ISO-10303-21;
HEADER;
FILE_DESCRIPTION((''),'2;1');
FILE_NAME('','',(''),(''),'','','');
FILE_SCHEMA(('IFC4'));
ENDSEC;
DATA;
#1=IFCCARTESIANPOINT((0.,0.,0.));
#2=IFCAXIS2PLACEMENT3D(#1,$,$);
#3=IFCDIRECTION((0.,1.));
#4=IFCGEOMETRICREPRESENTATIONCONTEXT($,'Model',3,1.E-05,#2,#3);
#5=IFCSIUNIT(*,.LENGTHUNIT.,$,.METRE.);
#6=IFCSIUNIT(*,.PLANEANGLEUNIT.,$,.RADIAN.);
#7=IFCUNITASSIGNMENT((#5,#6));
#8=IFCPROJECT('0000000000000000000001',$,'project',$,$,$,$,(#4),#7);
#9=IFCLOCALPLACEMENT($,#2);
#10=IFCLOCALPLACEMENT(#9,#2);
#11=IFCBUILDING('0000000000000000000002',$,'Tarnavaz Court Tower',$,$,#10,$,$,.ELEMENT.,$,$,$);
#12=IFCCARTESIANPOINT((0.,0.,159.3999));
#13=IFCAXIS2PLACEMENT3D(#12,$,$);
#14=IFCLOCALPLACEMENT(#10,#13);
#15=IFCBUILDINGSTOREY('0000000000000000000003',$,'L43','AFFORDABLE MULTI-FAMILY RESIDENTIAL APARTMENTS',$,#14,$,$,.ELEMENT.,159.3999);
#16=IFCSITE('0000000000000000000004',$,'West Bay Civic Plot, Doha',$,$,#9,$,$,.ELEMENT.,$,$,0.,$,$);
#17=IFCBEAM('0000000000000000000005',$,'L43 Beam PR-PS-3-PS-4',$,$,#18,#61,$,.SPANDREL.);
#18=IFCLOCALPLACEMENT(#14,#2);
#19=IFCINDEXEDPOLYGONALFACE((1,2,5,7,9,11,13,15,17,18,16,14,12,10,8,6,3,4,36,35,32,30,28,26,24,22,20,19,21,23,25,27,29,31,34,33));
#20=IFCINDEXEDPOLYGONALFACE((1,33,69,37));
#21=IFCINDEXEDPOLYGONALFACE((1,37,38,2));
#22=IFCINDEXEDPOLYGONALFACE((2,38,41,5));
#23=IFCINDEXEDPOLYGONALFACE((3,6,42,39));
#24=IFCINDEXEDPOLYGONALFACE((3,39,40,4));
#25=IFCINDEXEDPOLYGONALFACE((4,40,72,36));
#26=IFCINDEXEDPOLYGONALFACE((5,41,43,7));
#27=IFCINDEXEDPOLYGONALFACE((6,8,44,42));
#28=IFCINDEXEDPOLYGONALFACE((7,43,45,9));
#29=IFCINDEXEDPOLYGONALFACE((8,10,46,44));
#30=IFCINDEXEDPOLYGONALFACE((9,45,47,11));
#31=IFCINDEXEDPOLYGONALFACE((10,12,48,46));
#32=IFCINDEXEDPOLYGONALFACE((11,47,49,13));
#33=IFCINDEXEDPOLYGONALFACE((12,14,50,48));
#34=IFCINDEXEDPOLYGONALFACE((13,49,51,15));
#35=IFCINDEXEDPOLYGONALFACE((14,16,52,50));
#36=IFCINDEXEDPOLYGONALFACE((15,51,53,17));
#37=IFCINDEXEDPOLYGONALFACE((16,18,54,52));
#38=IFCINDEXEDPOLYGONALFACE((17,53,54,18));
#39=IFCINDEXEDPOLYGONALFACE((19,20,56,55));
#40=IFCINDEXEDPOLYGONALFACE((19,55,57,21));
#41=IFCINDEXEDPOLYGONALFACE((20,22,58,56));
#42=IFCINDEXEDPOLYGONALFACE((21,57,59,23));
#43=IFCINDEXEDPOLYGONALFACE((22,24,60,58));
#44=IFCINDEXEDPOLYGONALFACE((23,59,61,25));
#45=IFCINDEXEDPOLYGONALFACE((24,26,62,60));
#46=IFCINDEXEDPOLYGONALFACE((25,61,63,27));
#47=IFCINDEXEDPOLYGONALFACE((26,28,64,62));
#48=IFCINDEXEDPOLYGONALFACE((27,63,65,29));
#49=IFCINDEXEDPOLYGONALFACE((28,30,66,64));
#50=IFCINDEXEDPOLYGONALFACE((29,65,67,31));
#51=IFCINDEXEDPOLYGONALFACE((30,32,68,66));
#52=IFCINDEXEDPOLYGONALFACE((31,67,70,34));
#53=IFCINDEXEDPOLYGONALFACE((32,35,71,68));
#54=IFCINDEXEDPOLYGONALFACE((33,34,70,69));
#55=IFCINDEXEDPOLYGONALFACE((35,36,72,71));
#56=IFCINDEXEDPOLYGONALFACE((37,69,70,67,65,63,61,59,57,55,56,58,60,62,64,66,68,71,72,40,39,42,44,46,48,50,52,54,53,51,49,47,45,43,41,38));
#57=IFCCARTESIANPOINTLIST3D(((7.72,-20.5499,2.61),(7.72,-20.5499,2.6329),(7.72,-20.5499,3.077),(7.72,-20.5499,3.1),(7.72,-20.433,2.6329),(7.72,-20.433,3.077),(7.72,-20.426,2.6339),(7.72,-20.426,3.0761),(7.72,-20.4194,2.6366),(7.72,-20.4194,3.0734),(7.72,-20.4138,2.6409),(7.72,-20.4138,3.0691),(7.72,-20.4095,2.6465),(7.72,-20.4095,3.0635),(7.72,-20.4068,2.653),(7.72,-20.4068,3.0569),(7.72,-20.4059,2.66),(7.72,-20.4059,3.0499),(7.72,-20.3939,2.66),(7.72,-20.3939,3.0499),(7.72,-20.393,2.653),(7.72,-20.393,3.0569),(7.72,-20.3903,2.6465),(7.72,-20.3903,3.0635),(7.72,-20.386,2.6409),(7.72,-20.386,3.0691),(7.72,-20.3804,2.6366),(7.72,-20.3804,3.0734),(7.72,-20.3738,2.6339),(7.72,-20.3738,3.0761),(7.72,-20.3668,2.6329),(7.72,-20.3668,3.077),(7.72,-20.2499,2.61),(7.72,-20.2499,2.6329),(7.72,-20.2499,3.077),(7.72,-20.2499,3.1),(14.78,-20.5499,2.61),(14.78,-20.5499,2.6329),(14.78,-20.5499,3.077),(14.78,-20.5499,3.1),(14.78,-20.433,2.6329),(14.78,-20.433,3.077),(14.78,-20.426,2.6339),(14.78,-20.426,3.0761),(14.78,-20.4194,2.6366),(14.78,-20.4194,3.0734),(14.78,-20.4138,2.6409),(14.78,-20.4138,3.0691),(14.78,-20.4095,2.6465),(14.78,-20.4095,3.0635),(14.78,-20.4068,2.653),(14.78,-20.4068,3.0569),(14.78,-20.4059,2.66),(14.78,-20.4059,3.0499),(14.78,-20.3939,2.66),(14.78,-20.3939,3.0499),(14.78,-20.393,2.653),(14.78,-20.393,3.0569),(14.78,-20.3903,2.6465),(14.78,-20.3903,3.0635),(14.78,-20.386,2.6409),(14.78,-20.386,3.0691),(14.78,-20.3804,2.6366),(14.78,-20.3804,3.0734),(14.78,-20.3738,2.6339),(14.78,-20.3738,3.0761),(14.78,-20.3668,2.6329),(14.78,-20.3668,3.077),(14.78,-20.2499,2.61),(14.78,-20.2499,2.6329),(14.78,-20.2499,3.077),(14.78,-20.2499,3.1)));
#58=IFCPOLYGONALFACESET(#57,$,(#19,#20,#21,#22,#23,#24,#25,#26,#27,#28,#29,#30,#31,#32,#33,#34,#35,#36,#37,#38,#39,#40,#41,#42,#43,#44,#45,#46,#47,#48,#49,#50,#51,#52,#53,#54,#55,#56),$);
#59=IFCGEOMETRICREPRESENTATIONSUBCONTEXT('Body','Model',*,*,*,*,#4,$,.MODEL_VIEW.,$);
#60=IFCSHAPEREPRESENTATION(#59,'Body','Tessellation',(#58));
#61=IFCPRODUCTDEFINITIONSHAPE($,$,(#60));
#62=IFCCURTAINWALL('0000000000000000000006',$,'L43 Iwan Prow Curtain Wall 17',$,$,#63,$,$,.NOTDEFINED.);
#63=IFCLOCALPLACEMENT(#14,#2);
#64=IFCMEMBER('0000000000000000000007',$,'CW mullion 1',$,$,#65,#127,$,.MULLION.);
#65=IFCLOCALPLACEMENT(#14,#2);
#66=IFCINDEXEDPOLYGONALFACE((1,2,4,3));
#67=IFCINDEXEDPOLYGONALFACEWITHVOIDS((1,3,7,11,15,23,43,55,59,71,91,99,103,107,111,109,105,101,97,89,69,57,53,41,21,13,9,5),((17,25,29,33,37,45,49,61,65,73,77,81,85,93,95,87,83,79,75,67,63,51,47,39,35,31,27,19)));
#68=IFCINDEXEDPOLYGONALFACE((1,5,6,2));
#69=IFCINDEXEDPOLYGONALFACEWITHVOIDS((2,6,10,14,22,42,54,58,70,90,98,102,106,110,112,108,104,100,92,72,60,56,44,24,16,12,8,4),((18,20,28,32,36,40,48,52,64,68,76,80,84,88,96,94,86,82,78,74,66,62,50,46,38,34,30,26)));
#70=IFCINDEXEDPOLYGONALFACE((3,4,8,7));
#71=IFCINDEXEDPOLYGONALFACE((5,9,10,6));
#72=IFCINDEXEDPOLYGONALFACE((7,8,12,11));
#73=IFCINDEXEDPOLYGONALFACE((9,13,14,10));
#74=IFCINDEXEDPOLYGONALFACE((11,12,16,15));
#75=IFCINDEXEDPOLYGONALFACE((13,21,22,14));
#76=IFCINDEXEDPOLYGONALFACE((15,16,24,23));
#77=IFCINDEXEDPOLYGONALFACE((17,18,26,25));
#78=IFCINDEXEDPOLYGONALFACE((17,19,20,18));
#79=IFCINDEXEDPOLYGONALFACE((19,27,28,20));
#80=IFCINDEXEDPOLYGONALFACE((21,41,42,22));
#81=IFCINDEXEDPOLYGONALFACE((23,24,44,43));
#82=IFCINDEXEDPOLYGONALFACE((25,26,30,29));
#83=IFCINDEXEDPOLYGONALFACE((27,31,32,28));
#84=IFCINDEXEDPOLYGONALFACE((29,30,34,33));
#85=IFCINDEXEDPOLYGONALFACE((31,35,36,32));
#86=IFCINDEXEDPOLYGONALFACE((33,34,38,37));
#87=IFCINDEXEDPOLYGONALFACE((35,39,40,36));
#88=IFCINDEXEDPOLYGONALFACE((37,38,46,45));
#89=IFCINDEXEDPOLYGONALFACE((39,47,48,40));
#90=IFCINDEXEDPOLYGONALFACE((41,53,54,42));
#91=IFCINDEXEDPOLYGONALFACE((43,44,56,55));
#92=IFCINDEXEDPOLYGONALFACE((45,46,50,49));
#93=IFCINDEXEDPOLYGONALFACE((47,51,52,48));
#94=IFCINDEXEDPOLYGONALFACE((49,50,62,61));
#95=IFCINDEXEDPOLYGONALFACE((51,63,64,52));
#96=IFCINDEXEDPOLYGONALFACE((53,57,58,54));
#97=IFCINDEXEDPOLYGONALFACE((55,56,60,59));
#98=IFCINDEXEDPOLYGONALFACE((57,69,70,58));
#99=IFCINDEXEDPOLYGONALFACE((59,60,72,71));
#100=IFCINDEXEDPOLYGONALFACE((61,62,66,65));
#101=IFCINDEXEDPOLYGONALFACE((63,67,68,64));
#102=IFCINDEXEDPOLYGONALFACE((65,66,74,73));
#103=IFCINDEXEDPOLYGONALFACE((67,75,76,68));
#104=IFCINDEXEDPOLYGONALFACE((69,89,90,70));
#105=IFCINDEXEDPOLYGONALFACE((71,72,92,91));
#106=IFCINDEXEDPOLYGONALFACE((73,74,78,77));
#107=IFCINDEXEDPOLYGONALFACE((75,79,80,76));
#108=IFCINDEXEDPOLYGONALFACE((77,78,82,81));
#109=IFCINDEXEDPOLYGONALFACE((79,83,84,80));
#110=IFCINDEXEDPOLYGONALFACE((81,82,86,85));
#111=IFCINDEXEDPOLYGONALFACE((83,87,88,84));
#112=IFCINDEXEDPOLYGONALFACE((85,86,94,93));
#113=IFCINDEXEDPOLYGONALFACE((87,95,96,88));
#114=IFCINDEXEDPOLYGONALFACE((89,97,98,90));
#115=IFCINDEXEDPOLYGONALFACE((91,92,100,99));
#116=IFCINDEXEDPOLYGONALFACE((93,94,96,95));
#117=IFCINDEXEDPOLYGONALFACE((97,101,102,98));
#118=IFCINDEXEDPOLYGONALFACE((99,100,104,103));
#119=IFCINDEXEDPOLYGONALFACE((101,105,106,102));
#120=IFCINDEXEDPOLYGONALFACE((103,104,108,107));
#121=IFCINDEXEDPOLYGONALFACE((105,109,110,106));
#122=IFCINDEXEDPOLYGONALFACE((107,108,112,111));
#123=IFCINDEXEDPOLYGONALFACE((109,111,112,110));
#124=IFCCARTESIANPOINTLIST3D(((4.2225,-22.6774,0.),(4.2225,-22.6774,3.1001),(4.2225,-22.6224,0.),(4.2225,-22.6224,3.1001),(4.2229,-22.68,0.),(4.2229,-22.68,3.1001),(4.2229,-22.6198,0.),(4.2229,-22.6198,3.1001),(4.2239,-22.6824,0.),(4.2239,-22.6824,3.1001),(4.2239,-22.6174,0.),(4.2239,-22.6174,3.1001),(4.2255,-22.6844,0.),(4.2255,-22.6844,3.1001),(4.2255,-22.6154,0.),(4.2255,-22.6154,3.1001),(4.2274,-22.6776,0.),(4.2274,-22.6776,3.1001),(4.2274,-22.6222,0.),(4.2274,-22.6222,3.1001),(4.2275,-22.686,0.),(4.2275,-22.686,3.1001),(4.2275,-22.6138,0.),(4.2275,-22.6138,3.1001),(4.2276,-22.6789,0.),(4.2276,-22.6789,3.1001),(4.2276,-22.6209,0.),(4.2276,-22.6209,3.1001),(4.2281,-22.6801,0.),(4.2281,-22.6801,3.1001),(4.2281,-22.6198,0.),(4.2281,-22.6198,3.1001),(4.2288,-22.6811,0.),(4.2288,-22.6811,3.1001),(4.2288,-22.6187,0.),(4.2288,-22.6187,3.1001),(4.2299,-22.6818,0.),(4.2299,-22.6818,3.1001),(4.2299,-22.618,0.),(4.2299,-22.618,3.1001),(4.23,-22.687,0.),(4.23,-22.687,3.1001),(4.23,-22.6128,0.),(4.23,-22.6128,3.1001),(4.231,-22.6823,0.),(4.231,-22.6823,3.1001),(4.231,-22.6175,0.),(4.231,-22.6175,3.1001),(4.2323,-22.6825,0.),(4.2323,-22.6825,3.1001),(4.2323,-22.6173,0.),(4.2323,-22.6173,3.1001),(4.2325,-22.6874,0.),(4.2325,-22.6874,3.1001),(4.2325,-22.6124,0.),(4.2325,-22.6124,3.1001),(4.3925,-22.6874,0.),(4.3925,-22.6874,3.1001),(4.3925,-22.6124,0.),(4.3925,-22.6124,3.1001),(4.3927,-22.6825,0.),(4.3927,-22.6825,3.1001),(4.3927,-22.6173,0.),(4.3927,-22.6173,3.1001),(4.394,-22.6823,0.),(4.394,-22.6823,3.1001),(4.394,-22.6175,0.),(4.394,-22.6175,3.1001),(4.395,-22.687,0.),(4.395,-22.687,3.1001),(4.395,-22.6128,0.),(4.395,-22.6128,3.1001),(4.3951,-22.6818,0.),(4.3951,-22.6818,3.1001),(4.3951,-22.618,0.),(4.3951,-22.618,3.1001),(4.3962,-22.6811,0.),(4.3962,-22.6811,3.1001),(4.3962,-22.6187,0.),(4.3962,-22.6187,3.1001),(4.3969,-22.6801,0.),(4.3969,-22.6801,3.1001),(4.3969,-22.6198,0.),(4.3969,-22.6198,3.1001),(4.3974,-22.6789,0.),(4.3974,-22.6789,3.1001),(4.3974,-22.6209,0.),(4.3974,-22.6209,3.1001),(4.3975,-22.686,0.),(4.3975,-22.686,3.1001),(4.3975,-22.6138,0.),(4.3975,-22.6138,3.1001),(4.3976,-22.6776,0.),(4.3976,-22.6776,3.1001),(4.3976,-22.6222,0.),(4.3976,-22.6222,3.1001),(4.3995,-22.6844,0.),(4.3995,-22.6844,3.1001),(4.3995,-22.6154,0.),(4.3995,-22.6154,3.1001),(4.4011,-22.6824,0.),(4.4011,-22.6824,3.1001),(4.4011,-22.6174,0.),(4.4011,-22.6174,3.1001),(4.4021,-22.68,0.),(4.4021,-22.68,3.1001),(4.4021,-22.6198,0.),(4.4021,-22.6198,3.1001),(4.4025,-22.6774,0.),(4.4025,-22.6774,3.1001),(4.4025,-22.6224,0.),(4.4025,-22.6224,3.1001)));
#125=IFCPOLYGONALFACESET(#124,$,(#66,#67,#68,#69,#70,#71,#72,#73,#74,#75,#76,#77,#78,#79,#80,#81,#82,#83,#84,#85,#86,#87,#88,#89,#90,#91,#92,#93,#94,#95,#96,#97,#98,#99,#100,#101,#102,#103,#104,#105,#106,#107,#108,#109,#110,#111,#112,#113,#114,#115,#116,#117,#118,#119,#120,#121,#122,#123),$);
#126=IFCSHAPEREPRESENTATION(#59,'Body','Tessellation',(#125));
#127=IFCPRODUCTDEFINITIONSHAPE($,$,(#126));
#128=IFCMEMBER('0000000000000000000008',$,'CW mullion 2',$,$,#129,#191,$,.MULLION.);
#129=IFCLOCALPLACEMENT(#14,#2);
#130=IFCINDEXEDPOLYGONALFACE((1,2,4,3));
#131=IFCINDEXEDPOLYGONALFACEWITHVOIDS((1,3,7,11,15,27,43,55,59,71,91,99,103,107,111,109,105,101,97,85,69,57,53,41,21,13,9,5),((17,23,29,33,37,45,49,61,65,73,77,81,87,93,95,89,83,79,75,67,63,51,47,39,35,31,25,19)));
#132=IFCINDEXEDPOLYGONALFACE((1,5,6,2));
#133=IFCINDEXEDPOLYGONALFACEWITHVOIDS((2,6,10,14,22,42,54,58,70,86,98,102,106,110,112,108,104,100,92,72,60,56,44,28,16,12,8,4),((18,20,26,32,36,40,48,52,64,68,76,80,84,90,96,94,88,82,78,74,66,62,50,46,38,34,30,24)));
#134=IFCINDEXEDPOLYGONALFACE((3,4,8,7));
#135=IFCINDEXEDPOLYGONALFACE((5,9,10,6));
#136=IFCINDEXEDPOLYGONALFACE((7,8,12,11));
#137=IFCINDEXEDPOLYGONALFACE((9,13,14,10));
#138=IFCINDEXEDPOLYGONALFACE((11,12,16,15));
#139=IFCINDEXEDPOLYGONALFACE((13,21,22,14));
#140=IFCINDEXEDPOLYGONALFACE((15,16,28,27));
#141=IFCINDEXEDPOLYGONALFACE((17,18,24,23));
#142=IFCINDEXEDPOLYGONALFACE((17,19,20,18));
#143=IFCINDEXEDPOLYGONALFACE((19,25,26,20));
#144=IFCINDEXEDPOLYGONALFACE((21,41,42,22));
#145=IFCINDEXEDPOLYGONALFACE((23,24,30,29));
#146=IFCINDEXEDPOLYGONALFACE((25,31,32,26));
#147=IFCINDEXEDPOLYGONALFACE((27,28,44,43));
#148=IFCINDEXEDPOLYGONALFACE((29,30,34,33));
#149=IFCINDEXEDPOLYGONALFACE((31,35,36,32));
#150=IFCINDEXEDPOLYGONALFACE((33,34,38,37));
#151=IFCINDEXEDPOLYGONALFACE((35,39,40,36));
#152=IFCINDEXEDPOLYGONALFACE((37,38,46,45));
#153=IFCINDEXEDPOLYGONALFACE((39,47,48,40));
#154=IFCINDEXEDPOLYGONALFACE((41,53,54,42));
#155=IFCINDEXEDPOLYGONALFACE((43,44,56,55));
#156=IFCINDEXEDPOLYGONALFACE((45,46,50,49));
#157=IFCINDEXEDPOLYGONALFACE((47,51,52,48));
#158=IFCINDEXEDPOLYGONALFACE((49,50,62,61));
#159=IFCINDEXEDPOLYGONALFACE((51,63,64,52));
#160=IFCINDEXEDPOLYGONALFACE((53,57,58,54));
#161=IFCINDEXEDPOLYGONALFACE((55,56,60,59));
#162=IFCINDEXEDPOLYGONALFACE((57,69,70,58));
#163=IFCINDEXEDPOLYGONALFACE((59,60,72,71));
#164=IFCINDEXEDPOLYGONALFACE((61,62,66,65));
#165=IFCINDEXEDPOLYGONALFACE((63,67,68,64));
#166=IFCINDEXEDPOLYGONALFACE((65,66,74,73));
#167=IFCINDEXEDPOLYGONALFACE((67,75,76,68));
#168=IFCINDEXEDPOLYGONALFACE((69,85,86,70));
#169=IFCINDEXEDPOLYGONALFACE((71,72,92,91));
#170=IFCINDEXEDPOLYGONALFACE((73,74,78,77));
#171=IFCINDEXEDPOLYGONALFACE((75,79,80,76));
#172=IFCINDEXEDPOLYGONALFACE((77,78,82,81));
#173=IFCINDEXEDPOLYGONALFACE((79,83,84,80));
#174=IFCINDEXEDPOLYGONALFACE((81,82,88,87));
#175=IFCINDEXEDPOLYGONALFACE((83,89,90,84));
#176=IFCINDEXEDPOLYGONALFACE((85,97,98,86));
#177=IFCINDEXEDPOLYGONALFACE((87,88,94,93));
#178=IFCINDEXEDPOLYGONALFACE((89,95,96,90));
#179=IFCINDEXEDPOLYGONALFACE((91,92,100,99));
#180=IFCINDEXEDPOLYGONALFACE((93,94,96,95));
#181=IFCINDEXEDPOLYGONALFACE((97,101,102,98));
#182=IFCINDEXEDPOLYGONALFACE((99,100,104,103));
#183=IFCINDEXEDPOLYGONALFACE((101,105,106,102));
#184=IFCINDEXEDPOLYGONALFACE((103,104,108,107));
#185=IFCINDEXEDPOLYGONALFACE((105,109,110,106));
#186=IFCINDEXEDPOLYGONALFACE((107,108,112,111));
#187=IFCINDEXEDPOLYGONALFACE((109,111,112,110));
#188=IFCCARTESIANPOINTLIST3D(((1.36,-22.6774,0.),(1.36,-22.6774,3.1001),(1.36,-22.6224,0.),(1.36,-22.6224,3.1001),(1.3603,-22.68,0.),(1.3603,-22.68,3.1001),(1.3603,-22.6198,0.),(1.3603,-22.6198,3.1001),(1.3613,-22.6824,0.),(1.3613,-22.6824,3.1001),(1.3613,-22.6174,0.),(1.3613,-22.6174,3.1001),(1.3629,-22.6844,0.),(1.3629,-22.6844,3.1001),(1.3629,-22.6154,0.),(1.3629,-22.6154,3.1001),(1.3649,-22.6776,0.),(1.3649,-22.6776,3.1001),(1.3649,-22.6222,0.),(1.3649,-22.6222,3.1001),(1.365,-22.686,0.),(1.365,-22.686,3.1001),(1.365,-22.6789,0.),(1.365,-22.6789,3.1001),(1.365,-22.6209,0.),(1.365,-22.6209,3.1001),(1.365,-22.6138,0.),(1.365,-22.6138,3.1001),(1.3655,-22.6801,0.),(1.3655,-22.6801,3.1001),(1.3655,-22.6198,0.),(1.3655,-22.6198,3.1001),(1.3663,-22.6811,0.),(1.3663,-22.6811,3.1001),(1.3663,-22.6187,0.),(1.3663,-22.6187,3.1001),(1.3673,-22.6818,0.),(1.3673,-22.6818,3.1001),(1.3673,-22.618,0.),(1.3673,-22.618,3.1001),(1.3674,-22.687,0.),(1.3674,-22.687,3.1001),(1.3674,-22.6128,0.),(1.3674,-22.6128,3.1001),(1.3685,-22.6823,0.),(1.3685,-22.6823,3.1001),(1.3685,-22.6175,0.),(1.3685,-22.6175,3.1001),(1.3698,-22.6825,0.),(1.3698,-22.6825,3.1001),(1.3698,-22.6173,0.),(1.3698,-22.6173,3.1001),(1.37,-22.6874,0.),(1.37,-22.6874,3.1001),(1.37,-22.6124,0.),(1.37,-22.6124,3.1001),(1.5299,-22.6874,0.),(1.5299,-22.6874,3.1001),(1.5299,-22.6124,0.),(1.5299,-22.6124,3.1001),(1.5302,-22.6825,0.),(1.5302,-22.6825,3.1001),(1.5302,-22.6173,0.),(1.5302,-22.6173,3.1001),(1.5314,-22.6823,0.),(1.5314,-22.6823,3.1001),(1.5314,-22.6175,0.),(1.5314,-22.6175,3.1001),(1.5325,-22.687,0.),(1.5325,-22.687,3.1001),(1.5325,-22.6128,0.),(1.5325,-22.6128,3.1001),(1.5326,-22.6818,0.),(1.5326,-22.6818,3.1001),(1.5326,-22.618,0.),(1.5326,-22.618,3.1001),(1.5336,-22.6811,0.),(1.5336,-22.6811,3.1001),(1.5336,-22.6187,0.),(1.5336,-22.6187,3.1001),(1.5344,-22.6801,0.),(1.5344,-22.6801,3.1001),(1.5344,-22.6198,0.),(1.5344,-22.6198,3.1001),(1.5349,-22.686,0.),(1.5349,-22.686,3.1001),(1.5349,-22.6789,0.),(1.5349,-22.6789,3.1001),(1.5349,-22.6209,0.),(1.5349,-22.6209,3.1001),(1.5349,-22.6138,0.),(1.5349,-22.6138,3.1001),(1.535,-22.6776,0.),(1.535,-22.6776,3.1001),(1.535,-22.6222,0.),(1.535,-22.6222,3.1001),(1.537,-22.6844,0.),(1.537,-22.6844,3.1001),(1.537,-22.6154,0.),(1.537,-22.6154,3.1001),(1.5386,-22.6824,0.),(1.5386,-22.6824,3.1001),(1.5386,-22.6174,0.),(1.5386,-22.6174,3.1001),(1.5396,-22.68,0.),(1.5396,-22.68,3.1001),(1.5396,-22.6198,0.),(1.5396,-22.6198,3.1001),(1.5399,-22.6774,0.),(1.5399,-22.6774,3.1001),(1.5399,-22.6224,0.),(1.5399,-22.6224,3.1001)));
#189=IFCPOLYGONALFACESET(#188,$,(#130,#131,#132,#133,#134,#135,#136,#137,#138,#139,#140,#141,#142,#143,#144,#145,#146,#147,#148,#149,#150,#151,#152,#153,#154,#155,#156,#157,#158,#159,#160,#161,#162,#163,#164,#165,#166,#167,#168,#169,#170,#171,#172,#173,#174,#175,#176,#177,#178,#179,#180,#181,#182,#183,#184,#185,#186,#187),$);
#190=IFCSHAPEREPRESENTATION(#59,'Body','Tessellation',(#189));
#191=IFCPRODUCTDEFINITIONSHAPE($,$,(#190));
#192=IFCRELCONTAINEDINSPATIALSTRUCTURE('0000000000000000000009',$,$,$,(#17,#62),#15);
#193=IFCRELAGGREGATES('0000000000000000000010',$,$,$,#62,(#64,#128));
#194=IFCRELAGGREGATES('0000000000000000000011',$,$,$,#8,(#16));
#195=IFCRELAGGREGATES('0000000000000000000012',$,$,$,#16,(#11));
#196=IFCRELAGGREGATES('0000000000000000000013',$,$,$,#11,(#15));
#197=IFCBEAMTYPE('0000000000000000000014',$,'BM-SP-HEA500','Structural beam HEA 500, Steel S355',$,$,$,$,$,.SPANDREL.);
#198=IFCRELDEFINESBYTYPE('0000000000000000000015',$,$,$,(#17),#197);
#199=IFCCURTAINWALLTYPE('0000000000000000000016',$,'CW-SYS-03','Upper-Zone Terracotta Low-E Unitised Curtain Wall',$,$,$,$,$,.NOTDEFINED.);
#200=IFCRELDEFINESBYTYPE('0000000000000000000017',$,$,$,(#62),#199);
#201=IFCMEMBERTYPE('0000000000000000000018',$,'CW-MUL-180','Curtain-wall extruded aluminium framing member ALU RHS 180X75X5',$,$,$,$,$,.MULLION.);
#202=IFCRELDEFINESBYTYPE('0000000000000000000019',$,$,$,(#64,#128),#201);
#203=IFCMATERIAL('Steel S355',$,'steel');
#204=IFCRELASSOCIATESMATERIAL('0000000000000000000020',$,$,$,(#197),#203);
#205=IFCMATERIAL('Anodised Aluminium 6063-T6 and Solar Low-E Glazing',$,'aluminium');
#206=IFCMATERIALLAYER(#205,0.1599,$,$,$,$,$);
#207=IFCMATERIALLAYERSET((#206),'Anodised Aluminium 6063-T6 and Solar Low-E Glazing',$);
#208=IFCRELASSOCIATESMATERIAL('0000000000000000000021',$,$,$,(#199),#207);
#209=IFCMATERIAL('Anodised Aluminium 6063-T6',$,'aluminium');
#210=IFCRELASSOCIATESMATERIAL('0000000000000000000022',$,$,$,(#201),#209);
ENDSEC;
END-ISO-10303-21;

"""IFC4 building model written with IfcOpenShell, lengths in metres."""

from ifc_helpers import new_model, si_unit, direction, frame, origin, origin_2d, place, context, subcontext, project, spatial, hollow_rectangle, i_section, extrude, material, layer, layer_set, material_profile, profile_set, type_object, element, aggregate, save


model = new_model("IFC4")

# Units and contexts
model_context = context("Model", 3, precision=1e-05, world=origin(), true_north=direction((0.0, 1.0)))
body_context = subcontext(model_context, "Body", "Model", "MODEL_VIEW")
ifc_project = project(units=[si_unit("LENGTHUNIT", "METRE"), si_unit("PLANEANGLEUNIT", "RADIAN")], contexts=[model_context])

# Site, building, storey
site_placement = place(None, origin())
site = spatial("IfcSite", under=ifc_project, at=site_placement, Name="West Bay Civic Plot, Doha", CompositionType="ELEMENT", RefElevation=0.0)
building_placement = place(site_placement, origin())
building = spatial("IfcBuilding", under=site, at=building_placement, Name="Tarnavaz Court Tower", CompositionType="ELEMENT")
storey_placement = place(building_placement, frame((0.0, 0.0, 159.3999)))
storey = spatial("IfcBuildingStorey", under=building, at=storey_placement, Name="L43", Description="AFFORDABLE MULTI-FAMILY RESIDENTIAL APARTMENTS", CompositionType="ELEMENT", Elevation=159.3999)

# Beam
ifc_material_1 = material(Name="Steel S355", Category="steel")
ifc_material_profile_1 = material_profile(ifc_material_1, i_section(OverallWidth=0.3, OverallDepth=0.49, WebThickness=0.012, FlangeThickness=0.0229, FilletRadius=0.0271, at=origin_2d()), Name="HEA 500")
ifc_profile_set_1 = profile_set([ifc_material_profile_1], Name="Steel S355")
beam_type_1 = type_object("IfcBeamType", Name="BM-SP-HEA500", Description="Structural beam HEA 500, Steel S355", PredefinedType="SPANDREL", material=ifc_profile_set_1)
beam_placement = place(storey_placement, frame((7.72, -20.3999, 2.855), z_axis=(1.0, 0.0, 0.0), x_axis=(0.0, 1.0, 0.0)))
element("IfcBeam", 1, at=beam_placement, inside=storey, type_object=beam_type_1, Name="L43 Beam PR-PS-3-PS-4", PredefinedType="SPANDREL", context=body_context, shape_type="SweptSolid", body=[
    extrude(i_section(OverallWidth=0.3, OverallDepth=0.49, WebThickness=0.012, FlangeThickness=0.0229, FilletRadius=0.0271, at=origin_2d()), origin(), (0.0, 0.0, 1.0), 7.0601),
])

# Curtain wall, members
ifc_material_2 = material(Name="Anodised Aluminium 6063-T6 and Solar Low-E Glazing", Category="aluminium")
ifc_layer_1 = layer(ifc_material_2, 0.1599)
ifc_layer_set_1 = layer_set([ifc_layer_1], Name="Anodised Aluminium 6063-T6 and Solar Low-E Glazing")
curtain_wall_type = type_object("IfcCurtainWallType", Name="CW-SYS-03", Description="Upper-Zone Terracotta Low-E Unitised Curtain Wall", PredefinedType="NOTDEFINED", material=ifc_layer_set_1)
curtain_wall_placement = place(storey_placement, origin())
curtain_wall = element("IfcCurtainWall", 2, at=curtain_wall_placement, inside=storey, type_object=curtain_wall_type, Name="L43 Iwan Prow Curtain Wall 17", PredefinedType="NOTDEFINED")
ifc_material_3 = material(Name="Anodised Aluminium 6063-T6", Category="aluminium")
ifc_material_profile_2 = material_profile(ifc_material_3, hollow_rectangle(XDim=0.075, YDim=0.1799, WallThickness=0.0049, InnerFilletRadius=0.0049, OuterFilletRadius=0.01, at=origin_2d()), Name="ALU RHS 180X75X5")
ifc_profile_set_2 = profile_set([ifc_material_profile_2], Name="Anodised Aluminium 6063-T6")
member_type_1 = type_object("IfcMemberType", Name="CW-MUL-180", Description="Curtain-wall extruded aluminium framing member ALU RHS 180X75X5", PredefinedType="MULLION", material=ifc_profile_set_2)
member_1_placement = place(storey_placement, frame((4.3125, -22.6499, 0.0), z_axis=(0.0, 0.0, 1.0), x_axis=(0.0, -1.0, 0.0)))
member_1 = element("IfcMember", 3, at=member_1_placement, type_object=member_type_1, Name="CW mullion 1", PredefinedType="MULLION", context=body_context, shape_type="SweptSolid", body=[
    extrude(hollow_rectangle(XDim=0.075, YDim=0.1799, WallThickness=0.0049, InnerFilletRadius=0.0049, OuterFilletRadius=0.01, at=origin_2d()), origin(), (0.0, 0.0, 1.0), 3.1001),
])
member_2_placement = place(storey_placement, frame((1.45, -22.6499, 0.0), z_axis=(0.0, 0.0, 1.0), x_axis=(0.0, -1.0, 0.0)))
member_2 = element("IfcMember", 4, at=member_2_placement, type_object=member_type_1, Name="CW mullion 2", PredefinedType="MULLION", context=body_context, shape_type="SweptSolid", body=[
    extrude(hollow_rectangle(XDim=0.075, YDim=0.1799, WallThickness=0.0049, InnerFilletRadius=0.0049, OuterFilletRadius=0.01, at=origin_2d()), origin(), (0.0, 0.0, 1.0), 3.1001),
])
aggregate(curtain_wall, [member_1, member_2])

save(model, "model.ifc")
